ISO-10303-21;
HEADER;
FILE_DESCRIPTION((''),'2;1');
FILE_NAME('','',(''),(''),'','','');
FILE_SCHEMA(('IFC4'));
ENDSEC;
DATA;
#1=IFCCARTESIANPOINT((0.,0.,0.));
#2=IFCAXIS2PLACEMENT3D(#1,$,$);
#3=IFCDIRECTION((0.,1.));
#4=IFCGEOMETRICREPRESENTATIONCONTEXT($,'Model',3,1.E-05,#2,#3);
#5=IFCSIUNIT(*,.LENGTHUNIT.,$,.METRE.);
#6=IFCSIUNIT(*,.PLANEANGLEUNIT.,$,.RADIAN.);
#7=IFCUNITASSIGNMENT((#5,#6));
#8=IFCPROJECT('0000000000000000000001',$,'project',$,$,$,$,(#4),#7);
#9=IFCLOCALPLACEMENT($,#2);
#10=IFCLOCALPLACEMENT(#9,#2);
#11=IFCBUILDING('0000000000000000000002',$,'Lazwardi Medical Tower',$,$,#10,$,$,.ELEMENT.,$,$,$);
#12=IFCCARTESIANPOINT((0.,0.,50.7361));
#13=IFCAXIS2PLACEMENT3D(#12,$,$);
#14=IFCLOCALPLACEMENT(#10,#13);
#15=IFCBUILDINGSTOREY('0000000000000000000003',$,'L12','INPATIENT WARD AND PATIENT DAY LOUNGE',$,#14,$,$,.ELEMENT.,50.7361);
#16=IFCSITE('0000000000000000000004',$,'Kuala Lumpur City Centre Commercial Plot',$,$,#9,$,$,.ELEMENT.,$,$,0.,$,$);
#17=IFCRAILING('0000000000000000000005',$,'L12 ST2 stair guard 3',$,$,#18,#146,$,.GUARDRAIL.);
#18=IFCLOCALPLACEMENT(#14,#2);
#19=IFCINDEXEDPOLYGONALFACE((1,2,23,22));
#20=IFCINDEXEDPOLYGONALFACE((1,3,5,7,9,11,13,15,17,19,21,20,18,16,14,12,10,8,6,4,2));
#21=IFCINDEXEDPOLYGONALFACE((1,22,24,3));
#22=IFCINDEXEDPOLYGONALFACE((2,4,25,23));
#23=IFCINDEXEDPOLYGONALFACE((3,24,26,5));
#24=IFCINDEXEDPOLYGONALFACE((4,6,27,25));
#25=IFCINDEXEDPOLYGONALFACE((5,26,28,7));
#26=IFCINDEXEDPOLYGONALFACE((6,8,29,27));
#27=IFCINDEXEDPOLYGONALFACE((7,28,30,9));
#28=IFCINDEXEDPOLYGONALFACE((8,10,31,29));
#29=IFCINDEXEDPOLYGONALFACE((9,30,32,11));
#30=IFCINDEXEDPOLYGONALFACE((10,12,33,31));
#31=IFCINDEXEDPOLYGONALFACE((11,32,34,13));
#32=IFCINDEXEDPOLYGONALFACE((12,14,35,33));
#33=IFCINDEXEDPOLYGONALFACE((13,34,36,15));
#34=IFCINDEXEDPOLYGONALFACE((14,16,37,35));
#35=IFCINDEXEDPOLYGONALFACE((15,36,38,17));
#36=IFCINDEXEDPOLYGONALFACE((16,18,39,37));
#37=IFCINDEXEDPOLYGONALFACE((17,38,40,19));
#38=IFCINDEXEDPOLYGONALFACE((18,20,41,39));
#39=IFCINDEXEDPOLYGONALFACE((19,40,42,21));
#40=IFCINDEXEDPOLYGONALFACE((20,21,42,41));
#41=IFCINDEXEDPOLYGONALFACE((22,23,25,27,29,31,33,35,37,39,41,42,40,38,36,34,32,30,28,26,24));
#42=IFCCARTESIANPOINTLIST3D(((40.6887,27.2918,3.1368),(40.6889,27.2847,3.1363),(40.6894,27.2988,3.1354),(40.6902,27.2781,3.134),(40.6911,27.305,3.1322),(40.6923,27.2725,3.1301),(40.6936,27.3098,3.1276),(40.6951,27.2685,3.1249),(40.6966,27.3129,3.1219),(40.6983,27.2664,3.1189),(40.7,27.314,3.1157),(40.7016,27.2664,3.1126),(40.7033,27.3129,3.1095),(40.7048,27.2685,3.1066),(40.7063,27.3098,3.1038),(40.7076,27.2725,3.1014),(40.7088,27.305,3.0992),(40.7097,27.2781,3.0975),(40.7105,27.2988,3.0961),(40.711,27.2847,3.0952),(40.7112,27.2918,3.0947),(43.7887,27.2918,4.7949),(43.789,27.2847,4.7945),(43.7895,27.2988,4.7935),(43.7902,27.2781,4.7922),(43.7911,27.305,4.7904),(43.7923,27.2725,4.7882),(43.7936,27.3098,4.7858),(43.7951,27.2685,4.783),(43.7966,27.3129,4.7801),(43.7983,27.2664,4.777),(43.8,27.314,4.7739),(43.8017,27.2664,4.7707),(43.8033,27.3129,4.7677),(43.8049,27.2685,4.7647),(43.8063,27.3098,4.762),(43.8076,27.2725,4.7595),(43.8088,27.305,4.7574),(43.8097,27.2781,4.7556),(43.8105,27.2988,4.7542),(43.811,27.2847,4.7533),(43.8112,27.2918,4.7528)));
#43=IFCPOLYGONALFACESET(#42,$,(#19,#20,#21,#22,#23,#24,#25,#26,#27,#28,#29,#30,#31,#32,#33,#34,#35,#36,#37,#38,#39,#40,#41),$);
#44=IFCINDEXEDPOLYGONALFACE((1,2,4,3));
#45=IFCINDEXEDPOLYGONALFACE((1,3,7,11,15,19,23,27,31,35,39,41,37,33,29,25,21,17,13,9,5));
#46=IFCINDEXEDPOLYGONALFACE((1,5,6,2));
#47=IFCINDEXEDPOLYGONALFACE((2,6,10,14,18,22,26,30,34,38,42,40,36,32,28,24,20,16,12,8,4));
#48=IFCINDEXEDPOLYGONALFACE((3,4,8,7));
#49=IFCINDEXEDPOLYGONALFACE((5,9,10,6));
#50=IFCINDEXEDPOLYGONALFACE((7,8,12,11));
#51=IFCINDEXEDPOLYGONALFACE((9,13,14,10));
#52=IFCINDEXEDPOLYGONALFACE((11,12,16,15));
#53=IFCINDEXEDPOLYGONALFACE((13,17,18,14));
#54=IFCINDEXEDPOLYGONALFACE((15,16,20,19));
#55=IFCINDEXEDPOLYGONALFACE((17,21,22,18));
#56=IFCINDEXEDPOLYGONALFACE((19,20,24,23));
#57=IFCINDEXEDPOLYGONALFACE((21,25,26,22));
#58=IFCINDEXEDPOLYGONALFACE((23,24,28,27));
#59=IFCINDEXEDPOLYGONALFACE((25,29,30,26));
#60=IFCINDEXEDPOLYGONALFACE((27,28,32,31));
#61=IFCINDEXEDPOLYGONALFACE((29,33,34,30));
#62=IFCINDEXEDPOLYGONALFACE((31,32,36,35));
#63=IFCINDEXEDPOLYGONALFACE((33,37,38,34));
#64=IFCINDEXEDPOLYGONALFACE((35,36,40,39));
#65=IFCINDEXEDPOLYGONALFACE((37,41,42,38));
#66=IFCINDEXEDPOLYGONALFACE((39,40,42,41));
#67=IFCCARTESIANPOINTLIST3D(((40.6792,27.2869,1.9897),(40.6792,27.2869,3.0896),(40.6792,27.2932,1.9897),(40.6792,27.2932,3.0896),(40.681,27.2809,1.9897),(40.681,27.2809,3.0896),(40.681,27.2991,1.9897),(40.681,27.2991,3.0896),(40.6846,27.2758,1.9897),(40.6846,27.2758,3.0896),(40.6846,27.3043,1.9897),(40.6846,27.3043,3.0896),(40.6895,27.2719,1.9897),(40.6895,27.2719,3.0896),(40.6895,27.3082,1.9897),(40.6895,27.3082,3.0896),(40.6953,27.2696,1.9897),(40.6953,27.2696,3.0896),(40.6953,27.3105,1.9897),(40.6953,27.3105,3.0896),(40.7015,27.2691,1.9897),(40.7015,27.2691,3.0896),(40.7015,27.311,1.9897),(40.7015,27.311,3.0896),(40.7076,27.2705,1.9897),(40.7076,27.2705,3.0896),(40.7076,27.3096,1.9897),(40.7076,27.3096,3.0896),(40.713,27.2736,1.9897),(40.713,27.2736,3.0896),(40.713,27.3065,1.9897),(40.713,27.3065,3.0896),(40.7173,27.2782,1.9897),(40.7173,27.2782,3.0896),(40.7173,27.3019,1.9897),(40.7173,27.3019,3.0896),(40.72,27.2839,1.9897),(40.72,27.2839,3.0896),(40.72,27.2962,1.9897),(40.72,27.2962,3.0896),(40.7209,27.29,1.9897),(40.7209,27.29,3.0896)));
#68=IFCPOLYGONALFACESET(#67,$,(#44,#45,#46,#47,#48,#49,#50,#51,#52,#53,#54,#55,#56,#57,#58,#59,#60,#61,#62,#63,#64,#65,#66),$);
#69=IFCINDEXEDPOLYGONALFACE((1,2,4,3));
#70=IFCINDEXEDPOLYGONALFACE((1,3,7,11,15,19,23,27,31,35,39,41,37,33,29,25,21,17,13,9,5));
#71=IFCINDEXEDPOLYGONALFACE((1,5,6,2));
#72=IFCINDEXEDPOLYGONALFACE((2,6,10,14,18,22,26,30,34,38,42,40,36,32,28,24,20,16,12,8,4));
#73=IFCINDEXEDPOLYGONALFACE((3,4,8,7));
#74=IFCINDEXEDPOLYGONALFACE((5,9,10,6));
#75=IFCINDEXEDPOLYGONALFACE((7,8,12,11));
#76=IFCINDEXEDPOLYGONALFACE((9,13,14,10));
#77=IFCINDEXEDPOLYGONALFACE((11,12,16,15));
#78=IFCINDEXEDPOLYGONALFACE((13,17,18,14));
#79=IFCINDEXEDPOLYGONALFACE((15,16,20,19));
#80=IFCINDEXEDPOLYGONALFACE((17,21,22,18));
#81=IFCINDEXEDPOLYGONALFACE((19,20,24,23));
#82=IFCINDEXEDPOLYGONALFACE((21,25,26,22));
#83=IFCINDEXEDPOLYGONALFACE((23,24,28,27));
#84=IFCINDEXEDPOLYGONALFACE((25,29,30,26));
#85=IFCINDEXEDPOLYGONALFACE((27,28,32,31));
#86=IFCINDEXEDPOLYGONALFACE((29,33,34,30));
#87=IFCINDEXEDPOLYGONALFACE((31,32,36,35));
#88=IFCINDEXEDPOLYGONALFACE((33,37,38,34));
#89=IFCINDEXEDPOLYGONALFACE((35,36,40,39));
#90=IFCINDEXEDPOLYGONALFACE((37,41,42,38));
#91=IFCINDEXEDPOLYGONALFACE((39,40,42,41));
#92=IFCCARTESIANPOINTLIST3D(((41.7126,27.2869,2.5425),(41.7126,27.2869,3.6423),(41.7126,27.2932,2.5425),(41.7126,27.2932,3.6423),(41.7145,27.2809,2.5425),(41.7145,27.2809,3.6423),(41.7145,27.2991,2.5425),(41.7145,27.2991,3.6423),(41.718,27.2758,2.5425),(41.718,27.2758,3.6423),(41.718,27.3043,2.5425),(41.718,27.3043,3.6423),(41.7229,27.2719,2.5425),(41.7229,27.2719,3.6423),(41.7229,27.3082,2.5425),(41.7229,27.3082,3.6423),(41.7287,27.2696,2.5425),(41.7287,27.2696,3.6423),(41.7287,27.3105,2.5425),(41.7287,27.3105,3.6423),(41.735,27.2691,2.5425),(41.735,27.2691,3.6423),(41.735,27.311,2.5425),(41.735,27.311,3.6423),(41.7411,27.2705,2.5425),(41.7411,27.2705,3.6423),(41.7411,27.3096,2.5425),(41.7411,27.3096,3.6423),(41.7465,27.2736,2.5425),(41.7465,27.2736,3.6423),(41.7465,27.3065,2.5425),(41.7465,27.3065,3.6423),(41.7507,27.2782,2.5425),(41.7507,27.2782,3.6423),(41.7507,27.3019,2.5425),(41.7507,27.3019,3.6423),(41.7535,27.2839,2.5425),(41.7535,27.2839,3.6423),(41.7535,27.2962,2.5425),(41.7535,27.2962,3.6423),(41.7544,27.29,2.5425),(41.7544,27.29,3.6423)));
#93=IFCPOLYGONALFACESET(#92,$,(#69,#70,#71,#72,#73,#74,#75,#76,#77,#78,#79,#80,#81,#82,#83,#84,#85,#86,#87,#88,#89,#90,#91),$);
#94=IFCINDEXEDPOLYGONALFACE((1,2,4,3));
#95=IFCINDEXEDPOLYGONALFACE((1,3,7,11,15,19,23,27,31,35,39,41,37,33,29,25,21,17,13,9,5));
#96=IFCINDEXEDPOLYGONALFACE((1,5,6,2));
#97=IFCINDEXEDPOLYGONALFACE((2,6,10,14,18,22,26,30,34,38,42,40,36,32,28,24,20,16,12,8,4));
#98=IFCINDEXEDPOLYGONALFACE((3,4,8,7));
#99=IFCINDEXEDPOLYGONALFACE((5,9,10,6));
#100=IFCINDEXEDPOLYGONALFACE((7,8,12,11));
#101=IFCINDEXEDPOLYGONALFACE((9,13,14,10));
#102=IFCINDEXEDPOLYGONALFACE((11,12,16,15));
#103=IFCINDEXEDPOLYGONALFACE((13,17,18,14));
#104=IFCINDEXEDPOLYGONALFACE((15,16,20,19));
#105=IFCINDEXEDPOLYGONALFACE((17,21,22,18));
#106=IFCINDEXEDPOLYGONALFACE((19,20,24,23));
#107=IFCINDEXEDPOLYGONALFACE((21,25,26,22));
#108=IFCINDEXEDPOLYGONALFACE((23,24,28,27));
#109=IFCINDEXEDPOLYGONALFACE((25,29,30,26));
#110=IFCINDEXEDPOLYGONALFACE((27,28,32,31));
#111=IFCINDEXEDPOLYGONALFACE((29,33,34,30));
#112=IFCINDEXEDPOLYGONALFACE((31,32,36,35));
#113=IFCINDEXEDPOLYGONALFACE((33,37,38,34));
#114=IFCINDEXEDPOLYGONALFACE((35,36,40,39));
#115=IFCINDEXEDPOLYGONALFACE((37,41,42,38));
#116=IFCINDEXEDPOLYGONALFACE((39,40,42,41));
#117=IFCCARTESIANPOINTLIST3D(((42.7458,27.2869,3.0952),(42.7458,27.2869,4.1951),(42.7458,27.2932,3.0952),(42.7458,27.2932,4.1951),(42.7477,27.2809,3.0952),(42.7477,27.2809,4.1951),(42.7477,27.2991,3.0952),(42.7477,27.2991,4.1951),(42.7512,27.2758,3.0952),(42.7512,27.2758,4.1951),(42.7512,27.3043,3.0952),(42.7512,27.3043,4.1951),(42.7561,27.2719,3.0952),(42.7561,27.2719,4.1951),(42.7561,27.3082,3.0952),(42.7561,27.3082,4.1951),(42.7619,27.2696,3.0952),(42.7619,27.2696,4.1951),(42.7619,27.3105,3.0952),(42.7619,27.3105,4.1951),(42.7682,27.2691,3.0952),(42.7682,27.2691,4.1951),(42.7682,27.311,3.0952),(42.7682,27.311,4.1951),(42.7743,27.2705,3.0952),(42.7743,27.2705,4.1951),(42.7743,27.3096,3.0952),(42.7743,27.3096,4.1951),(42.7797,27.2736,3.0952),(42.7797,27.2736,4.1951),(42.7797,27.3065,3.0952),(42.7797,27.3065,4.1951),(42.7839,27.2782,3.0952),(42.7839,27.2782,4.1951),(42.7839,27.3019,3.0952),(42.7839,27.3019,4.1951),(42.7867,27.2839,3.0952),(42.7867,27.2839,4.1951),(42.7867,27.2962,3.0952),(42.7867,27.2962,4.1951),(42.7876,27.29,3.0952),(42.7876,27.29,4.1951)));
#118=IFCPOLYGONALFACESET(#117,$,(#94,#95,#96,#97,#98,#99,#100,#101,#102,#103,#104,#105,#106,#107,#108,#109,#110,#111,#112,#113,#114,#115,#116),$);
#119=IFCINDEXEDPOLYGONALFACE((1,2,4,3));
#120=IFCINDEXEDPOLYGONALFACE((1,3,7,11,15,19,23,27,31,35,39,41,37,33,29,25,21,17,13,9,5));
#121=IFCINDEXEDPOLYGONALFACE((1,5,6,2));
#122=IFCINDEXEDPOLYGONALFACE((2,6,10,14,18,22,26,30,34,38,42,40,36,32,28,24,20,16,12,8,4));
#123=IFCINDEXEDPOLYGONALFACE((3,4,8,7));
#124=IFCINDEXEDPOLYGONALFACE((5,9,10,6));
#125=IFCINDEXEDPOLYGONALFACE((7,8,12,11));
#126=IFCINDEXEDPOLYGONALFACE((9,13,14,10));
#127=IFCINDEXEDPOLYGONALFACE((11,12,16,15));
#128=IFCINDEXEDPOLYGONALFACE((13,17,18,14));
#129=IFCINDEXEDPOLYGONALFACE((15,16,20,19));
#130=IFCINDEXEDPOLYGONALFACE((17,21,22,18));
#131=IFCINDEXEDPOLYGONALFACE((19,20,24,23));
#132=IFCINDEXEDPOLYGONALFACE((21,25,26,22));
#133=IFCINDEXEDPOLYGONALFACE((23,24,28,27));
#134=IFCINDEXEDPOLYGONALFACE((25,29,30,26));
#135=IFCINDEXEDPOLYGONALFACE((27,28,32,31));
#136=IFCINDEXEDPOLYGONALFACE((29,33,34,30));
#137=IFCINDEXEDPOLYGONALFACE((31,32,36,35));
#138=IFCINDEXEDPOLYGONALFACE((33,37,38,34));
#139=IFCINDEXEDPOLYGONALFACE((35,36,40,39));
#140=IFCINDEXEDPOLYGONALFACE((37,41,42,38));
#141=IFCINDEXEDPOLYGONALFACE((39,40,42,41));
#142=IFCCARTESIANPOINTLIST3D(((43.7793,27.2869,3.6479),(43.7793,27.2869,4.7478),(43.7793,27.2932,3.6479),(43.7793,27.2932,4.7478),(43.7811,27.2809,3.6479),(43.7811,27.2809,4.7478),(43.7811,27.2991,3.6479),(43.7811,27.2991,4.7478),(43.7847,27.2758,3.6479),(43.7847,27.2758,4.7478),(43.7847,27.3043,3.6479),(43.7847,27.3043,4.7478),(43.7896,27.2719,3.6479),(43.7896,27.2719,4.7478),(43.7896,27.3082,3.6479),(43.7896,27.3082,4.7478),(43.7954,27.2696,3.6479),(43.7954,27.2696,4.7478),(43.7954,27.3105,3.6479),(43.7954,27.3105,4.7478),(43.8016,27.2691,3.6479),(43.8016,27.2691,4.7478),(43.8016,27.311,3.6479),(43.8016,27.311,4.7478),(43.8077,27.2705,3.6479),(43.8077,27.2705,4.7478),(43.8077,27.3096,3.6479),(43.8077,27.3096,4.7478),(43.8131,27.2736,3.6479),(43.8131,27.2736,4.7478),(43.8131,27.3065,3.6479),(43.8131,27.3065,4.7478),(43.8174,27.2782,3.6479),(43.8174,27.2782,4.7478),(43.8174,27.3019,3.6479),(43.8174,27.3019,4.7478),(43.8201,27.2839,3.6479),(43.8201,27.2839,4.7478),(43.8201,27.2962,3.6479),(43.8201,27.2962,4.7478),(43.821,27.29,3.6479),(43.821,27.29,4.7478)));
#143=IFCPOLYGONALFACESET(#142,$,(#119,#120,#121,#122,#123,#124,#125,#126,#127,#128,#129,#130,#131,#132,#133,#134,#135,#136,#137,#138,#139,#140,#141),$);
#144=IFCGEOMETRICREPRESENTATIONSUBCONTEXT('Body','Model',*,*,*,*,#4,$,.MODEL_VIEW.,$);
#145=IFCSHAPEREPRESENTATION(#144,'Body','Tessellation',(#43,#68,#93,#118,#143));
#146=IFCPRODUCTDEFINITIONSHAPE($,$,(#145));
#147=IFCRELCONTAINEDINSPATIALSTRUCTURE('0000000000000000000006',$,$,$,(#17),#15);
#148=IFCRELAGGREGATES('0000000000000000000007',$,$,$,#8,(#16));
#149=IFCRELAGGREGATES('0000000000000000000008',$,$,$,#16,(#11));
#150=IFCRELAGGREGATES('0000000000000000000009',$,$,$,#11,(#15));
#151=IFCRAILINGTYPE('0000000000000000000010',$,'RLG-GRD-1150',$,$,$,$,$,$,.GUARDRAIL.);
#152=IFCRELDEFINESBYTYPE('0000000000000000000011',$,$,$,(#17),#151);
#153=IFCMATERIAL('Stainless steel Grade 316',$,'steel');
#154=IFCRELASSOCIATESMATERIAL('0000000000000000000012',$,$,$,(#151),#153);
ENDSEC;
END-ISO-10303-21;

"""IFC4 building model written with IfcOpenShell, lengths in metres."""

from ifc_helpers import new_model, si_unit, direction, frame, origin, origin_2d, place, context, subcontext, project, spatial, circle, extrude, material, type_object, element, save


model = new_model("IFC4")

# Units and contexts
model_context = context("Model", 3, precision=1e-05, world=origin(), true_north=direction((0.0, 1.0)))
body_context = subcontext(model_context, "Body", "Model", "MODEL_VIEW")
ifc_project = project(units=[si_unit("LENGTHUNIT", "METRE"), si_unit("PLANEANGLEUNIT", "RADIAN")], contexts=[model_context])

# Site, building, storey
site_placement = place(None, origin())
site = spatial("IfcSite", under=ifc_project, at=site_placement, Name="Kuala Lumpur City Centre Commercial Plot", CompositionType="ELEMENT", RefElevation=0.0)
building_placement = place(site_placement, origin())
building = spatial("IfcBuilding", under=site, at=building_placement, Name="Lazwardi Medical Tower", CompositionType="ELEMENT")
storey_placement = place(building_placement, frame((0.0, 0.0, 50.7361)))
storey = spatial("IfcBuildingStorey", under=building, at=storey_placement, Name="L12", Description="INPATIENT WARD AND PATIENT DAY LOUNGE", CompositionType="ELEMENT", Elevation=50.7361)

# Railing
ifc_material_1 = material(Name="Stainless steel Grade 316", Category="steel")
railing_type_1 = type_object("IfcRailingType", Name="RLG-GRD-1150", PredefinedType="GUARDRAIL", material=ifc_material_1)
railing_1_placement = place(storey_placement, frame((40.7, 27.29, 1.9897)))
element("IfcRailing", 1, at=railing_1_placement, inside=storey, type_object=railing_type_1, Name="L12 ST2 stair guard 3", PredefinedType="GUARDRAIL", context=body_context, shape_type="SweptSolid", body=[
    extrude(circle(Radius=0.0239, at=origin_2d()), frame((0.0, 0.0, 1.126), z_axis=(0.881783, 0.0, 0.471655), x_axis=(0.0, 1.0, 0.0)), (0.0, 0.0, 1.0), 3.5156),
    extrude(circle(Radius=0.021, at=origin_2d()), origin(), (0.0, 0.0, 1.0), 1.0999),
    extrude(circle(Radius=0.021, at=origin_2d()), frame((1.0334, 0.0, 0.5527)), (0.0, 0.0, 1.0), 1.0999),
    extrude(circle(Radius=0.021, at=origin_2d()), frame((2.0667, 0.0, 1.1055)), (0.0, 0.0, 1.0), 1.0999),
    extrude(circle(Radius=0.021, at=origin_2d()), frame((3.1001, 0.0, 1.6582)), (0.0, 0.0, 1.0), 1.0999),
])

save(model, "model.ifc")
